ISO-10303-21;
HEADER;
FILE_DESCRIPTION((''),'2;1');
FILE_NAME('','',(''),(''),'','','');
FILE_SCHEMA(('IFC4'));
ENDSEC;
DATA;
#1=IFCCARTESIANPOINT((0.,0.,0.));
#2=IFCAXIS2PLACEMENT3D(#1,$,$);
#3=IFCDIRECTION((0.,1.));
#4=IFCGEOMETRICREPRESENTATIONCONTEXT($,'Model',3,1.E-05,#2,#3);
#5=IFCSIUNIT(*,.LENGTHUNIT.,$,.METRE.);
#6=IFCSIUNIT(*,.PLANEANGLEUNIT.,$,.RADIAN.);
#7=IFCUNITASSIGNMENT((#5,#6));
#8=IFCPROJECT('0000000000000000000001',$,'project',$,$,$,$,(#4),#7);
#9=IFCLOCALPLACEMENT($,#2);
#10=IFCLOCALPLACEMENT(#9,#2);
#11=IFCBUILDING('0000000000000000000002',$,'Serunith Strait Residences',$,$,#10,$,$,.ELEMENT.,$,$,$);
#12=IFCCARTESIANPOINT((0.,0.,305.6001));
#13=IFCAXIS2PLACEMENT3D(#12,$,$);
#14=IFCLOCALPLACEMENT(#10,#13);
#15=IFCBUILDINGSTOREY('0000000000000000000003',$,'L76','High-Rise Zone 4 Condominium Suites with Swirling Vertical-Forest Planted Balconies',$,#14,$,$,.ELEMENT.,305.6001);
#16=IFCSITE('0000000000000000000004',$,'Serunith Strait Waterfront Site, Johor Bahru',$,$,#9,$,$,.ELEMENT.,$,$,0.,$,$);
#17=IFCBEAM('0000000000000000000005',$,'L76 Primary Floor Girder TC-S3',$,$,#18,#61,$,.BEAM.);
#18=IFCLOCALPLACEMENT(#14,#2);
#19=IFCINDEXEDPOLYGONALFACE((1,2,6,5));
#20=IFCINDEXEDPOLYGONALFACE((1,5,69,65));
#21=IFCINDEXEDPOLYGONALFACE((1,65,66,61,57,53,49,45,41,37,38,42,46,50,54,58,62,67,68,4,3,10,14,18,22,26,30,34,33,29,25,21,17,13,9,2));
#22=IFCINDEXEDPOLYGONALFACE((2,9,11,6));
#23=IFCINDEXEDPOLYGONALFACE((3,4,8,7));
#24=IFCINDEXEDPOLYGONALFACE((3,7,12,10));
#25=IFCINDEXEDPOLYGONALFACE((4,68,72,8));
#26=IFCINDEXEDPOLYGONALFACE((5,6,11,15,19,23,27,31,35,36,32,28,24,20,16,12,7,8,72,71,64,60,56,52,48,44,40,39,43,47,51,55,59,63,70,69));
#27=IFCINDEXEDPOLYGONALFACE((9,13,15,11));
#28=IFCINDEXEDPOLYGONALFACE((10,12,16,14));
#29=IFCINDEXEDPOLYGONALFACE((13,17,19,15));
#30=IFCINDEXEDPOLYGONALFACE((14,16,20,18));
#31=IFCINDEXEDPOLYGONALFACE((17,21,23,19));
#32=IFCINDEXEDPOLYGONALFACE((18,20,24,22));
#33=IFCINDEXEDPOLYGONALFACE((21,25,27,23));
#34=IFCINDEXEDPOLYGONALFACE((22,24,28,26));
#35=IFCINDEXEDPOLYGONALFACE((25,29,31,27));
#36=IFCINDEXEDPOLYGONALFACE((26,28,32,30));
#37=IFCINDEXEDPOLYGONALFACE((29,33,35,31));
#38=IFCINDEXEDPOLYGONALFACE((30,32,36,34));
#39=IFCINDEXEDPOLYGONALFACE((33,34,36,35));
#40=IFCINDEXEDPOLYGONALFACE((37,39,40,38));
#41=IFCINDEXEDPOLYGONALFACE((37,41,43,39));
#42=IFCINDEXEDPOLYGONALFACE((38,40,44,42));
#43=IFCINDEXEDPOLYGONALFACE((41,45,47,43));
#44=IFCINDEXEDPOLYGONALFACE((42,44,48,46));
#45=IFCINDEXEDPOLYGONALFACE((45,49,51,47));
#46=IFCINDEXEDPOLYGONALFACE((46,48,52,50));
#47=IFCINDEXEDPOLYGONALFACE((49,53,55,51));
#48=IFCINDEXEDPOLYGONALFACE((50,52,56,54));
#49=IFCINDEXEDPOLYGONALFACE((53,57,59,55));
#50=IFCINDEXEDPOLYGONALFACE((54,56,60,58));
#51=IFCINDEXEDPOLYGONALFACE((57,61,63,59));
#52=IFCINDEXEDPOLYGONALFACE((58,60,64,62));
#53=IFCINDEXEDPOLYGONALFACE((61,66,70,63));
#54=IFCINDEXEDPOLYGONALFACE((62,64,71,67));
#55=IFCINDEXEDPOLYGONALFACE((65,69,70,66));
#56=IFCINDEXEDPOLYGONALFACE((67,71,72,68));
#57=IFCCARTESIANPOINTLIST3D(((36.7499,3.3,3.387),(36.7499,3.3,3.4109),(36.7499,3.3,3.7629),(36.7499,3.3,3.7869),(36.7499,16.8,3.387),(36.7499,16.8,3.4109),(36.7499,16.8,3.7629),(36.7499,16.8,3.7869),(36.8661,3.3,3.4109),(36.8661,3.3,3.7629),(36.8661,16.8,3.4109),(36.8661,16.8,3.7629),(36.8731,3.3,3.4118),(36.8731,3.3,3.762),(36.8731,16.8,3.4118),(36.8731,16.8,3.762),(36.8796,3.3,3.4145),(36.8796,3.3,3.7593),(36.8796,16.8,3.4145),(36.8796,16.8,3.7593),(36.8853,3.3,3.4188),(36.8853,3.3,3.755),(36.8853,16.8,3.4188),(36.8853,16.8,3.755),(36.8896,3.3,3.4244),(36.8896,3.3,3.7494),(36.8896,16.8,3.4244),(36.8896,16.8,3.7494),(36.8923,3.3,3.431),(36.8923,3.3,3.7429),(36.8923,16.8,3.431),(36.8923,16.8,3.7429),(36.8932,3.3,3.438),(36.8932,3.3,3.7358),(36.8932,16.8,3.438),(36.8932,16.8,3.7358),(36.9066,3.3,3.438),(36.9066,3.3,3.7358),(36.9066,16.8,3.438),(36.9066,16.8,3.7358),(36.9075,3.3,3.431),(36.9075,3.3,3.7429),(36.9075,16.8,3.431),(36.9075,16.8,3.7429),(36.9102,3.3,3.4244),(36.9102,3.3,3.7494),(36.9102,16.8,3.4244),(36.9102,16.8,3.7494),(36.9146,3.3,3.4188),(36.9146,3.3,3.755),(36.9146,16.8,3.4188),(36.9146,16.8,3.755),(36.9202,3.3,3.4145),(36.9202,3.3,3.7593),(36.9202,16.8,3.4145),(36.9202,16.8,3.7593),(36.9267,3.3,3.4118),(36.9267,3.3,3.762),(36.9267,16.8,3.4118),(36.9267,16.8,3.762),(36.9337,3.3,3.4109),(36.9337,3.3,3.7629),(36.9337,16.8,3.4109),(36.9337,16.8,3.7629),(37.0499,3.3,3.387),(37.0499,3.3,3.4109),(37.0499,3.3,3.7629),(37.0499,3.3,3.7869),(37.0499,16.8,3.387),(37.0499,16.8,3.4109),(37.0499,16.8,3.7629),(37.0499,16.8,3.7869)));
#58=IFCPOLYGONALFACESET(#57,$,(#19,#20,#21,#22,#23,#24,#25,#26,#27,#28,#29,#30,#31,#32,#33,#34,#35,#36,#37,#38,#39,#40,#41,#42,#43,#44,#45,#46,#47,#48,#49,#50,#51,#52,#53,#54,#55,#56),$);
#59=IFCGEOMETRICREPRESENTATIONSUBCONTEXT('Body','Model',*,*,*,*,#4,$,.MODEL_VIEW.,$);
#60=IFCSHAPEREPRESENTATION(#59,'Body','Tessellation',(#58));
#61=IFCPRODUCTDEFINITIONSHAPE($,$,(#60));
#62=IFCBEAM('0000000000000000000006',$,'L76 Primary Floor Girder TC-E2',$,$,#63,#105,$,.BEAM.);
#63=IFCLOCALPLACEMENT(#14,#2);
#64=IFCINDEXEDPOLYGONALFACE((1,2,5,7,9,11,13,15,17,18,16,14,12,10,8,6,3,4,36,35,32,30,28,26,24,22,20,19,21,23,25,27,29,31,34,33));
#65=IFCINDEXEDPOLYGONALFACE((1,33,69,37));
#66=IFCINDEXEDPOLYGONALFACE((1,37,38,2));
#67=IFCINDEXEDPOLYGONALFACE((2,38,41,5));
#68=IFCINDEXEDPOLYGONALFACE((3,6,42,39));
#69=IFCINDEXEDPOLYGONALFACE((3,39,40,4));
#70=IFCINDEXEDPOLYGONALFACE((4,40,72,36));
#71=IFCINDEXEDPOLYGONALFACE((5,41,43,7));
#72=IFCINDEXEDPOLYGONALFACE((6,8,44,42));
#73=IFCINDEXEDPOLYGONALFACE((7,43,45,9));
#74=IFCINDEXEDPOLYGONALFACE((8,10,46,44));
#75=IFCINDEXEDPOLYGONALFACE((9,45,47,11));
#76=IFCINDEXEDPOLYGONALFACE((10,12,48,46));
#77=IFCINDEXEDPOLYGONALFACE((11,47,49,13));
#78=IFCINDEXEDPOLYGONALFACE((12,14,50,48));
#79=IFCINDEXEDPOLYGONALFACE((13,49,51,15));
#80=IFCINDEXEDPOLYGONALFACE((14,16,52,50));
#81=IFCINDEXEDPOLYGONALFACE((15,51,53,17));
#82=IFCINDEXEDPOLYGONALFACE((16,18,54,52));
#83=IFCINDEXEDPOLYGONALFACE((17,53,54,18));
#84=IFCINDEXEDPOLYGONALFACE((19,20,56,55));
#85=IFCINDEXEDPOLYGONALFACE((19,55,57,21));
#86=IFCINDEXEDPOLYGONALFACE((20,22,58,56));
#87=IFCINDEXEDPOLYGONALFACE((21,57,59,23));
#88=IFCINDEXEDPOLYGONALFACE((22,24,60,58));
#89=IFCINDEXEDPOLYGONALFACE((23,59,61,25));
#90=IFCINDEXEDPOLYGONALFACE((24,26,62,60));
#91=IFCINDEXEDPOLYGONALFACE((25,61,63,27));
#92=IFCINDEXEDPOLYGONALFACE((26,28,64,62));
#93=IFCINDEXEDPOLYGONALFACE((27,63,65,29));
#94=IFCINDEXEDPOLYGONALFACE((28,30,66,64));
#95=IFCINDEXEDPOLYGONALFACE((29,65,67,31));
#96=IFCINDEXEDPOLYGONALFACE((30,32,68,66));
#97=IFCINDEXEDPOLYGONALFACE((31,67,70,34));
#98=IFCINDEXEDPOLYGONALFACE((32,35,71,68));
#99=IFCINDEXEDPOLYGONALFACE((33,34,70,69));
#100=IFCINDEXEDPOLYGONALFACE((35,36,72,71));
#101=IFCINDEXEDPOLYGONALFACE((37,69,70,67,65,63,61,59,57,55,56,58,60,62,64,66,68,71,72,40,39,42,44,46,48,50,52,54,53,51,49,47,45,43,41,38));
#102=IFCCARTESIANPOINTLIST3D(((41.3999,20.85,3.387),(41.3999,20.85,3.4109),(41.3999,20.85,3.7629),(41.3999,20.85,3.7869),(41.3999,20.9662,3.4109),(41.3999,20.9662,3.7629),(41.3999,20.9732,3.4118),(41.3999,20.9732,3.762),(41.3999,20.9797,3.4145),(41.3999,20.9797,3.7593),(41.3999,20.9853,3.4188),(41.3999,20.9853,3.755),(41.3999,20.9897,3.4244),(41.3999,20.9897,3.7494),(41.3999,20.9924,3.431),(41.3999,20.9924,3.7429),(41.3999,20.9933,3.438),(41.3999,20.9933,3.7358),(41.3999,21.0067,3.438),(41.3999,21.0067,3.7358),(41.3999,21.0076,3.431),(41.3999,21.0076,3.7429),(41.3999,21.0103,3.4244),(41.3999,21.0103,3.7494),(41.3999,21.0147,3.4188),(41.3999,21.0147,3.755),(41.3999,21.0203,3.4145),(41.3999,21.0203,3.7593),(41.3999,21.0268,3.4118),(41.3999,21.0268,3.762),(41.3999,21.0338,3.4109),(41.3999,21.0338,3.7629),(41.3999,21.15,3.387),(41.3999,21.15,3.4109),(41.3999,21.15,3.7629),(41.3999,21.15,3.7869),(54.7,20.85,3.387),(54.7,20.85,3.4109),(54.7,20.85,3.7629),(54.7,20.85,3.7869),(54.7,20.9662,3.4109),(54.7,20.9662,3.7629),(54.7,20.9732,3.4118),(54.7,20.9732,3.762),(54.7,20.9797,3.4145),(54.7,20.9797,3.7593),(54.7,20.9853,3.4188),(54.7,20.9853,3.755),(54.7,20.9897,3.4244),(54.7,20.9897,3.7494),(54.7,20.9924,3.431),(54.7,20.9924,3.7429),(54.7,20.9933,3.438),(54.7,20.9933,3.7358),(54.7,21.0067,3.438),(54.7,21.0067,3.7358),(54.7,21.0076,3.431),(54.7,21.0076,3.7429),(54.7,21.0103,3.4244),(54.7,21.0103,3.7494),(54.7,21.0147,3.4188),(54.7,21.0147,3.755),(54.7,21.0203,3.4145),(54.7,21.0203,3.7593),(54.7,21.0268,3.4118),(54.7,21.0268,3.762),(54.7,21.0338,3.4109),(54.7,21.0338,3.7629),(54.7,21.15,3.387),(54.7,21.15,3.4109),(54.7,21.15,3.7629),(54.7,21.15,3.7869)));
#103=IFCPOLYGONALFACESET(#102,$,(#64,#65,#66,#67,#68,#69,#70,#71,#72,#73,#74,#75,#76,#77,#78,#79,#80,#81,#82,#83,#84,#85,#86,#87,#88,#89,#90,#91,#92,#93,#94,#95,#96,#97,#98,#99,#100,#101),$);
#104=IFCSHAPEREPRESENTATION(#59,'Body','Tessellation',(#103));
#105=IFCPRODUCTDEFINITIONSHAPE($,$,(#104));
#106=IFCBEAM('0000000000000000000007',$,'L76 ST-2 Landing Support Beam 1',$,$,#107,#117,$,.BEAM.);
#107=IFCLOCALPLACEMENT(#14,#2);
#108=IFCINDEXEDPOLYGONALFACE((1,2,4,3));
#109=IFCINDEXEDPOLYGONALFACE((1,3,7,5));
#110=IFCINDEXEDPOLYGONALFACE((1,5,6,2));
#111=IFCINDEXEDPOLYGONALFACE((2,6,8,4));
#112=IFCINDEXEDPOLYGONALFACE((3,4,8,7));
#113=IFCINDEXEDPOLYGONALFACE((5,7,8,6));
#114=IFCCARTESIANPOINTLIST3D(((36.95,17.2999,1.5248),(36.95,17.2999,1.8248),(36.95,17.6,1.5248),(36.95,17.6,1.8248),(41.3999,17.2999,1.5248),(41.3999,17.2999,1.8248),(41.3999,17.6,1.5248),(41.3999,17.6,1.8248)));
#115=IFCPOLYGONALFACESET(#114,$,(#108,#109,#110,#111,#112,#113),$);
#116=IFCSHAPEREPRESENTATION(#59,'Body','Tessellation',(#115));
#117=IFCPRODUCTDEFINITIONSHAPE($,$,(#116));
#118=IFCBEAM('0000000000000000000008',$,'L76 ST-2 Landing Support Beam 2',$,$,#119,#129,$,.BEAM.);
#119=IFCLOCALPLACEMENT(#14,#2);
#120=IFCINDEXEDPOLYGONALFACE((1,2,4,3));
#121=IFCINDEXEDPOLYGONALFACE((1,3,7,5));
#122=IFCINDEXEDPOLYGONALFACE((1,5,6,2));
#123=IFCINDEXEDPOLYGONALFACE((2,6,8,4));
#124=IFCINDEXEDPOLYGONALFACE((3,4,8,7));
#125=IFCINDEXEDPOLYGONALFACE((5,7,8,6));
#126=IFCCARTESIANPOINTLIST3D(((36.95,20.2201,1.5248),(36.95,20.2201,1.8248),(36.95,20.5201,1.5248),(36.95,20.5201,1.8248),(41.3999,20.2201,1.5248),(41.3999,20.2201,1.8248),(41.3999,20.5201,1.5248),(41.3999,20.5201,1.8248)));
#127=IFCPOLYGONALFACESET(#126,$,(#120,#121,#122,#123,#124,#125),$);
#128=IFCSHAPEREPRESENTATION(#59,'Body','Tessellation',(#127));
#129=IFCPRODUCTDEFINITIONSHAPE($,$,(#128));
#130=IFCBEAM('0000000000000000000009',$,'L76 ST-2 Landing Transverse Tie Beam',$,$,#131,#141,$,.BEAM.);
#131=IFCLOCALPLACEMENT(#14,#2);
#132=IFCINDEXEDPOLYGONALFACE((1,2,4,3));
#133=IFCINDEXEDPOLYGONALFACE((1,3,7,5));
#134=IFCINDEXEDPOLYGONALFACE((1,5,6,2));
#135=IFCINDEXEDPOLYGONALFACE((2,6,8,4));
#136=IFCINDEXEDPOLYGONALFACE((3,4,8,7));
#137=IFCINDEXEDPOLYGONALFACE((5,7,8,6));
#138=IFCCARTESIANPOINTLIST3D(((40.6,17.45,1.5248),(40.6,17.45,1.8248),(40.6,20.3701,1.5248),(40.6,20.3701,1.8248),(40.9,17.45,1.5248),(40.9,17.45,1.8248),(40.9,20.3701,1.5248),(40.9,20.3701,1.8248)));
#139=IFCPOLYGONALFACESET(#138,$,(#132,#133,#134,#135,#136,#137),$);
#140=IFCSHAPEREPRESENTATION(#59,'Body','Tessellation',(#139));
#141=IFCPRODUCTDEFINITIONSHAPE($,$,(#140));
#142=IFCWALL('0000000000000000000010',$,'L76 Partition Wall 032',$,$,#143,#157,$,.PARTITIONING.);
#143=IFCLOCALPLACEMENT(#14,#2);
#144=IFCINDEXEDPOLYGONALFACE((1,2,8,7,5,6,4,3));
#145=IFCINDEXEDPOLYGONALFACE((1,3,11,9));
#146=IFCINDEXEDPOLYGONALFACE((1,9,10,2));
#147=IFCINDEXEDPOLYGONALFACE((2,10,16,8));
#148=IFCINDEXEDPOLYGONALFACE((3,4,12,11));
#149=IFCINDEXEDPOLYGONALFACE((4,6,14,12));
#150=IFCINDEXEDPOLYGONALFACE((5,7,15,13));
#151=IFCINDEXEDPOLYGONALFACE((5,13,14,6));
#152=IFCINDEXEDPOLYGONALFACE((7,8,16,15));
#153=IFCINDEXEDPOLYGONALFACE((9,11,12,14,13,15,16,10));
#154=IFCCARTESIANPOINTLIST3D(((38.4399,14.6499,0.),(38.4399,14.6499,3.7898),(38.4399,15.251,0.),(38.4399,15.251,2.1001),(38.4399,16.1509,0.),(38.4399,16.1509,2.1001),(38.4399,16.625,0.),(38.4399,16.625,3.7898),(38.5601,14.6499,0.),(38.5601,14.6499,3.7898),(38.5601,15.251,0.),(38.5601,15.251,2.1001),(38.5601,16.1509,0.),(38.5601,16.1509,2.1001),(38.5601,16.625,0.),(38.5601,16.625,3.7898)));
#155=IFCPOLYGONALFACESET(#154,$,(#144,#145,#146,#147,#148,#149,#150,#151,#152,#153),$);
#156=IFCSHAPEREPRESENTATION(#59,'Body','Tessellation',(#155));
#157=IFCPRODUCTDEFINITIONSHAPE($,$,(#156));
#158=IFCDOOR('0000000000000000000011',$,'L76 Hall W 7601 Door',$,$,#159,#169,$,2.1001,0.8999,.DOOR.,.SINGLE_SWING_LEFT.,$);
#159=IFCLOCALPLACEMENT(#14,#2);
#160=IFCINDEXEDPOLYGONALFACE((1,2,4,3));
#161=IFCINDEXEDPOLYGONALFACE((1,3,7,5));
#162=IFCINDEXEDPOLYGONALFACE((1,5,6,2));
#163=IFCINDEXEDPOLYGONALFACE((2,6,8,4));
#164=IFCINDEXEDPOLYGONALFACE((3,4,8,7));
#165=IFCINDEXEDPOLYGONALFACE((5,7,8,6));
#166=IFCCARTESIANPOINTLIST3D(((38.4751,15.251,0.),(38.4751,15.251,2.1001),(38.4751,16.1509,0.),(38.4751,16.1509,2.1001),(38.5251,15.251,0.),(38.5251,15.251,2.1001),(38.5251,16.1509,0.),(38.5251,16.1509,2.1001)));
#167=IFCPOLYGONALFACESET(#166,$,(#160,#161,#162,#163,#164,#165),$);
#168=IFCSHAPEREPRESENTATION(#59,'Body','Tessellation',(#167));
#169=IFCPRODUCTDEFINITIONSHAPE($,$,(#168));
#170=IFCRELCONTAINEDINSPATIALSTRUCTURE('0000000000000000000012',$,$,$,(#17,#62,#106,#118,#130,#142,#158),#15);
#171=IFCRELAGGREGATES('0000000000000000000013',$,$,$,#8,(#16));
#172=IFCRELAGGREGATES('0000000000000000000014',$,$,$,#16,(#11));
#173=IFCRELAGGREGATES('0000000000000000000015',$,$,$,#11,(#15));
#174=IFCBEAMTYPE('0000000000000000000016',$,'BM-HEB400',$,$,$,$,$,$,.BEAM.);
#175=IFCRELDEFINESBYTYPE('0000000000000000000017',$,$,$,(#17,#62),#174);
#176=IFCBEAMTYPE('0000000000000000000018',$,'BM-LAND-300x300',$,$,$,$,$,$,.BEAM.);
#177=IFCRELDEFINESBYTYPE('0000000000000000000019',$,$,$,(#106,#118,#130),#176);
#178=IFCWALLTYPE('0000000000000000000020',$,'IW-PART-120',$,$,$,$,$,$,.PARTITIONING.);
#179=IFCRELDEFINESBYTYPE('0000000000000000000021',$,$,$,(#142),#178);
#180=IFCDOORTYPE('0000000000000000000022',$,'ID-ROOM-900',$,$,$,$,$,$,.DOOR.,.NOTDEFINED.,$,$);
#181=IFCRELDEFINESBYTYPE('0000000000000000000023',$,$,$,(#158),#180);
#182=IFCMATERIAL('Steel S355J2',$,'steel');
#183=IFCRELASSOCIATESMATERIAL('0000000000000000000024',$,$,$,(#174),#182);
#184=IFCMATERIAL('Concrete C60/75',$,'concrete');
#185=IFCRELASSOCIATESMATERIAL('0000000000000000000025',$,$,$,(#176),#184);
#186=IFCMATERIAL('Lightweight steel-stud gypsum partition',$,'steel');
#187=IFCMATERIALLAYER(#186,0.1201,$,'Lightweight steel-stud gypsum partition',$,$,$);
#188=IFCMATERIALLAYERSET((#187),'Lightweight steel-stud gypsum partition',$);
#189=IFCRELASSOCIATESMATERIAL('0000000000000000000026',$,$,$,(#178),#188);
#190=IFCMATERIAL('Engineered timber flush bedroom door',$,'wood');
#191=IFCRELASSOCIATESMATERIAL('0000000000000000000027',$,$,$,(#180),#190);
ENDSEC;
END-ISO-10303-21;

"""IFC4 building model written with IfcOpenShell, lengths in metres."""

from ifc_helpers import new_model, si_unit, direction, frame, frame_2d, origin, origin_2d, place, context, subcontext, project, spatial, rectangle, i_section, extrude, source, transform, mapped, material, layer, layer_set, material_profile, profile_set, type_object, element, fill, save


model = new_model("IFC4")

# Units and contexts
model_context = context("Model", 3, precision=1e-05, world=origin(), true_north=direction((0.0, 1.0)))
body_context = subcontext(model_context, "Body", "Model", "MODEL_VIEW")
ifc_project = project(units=[si_unit("LENGTHUNIT", "METRE"), si_unit("PLANEANGLEUNIT", "RADIAN")], contexts=[model_context])

# Site, building, storey
site_placement = place(None, origin())
site = spatial("IfcSite", under=ifc_project, at=site_placement, Name="Serunith Strait Waterfront Site, Johor Bahru", CompositionType="ELEMENT", RefElevation=0.0)
building_placement = place(site_placement, origin())
building = spatial("IfcBuilding", under=site, at=building_placement, Name="Serunith Strait Residences", CompositionType="ELEMENT")
storey_placement = place(building_placement, frame((0.0, 0.0, 305.6001)))
storey = spatial("IfcBuildingStorey", under=building, at=storey_placement, Name="L76", Description="High-Rise Zone 4 Condominium Suites with Swirling Vertical-Forest Planted Balconies", CompositionType="ELEMENT", Elevation=305.6001)

# Beams
ifc_material_1 = material(Name="Steel S355J2", Category="steel")
ifc_material_profile_1 = material_profile(ifc_material_1, i_section(OverallWidth=0.3, OverallDepth=0.3999, WebThickness=0.0134, FlangeThickness=0.0239, FilletRadius=0.0271, at=origin_2d()), Name="HEB 400")
ifc_profile_set_1 = profile_set([ifc_material_profile_1], Name="Steel S355J2")
beam_type_1 = type_object("IfcBeamType", Name="BM-HEB400", PredefinedType="BEAM", material=ifc_profile_set_1)
shared_shape_1 = source(origin(), body_context, "Body", "SweptSolid", [
    extrude(i_section(OverallWidth=0.3, OverallDepth=0.3999, WebThickness=0.0134, FlangeThickness=0.0239, FilletRadius=0.0271, at=origin_2d()), origin(), (0.0, 0.0, 1.0), 13.5),
])
beam_1_placement = place(storey_placement, frame((36.8999, 16.8, 3.5869), z_axis=(0.0, -1.0, 0.0), x_axis=(1.0, 0.0, 0.0)))
element("IfcBeam", 1, at=beam_1_placement, inside=storey, type_object=beam_type_1, Name="L76 Primary Floor Girder TC-S3", PredefinedType="BEAM", context=body_context, shape_type="MappedRepresentation", body=[
    mapped(shared_shape_1, transform((0.0, 0.0, 0.0), scale=1.0)),
])
shared_shape_2 = source(origin(), body_context, "Body", "SweptSolid", [
    extrude(i_section(OverallWidth=0.3, OverallDepth=0.3999, WebThickness=0.0134, FlangeThickness=0.0239, FilletRadius=0.0271, at=origin_2d()), origin(), (0.0, 0.0, 1.0), 13.3),
])
beam_2_placement = place(storey_placement, frame((41.3999, 21.0, 3.5869), z_axis=(1.0, 0.0, 0.0), x_axis=(0.0, 1.0, 0.0)))
element("IfcBeam", 2, at=beam_2_placement, inside=storey, type_object=beam_type_1, Name="L76 Primary Floor Girder TC-E2", PredefinedType="BEAM", context=body_context, shape_type="MappedRepresentation", body=[
    mapped(shared_shape_2, transform((0.0, 0.0, 0.0), scale=1.0)),
])
ifc_material_2 = material(Name="Concrete C60/75", Category="concrete")
ifc_material_profile_2 = material_profile(ifc_material_2, rectangle(XDim=0.3, YDim=0.3, at=origin_2d()), Name="RC 300x300")
ifc_profile_set_2 = profile_set([ifc_material_profile_2], Name="Concrete C60/75")
beam_type_2 = type_object("IfcBeamType", Name="BM-LAND-300x300", PredefinedType="BEAM", material=ifc_profile_set_2)
shared_shape_3 = source(origin(), body_context, "Body", "SweptSolid", [
    extrude(rectangle(XDim=0.3, YDim=0.3, at=origin_2d()), origin(), (0.0, 0.0, 1.0), 4.45),
])
for number, where, z_axis, x_axis, name in (
    (3, (36.95, 17.45, 1.6748), (1.0, 0.0, 0.0), (0.0, 1.0, 0.0), "L76 ST-2 Landing Support Beam 1"),
    (4, (36.95, 20.3701, 1.6748), (1.0, 0.0, 0.0), (0.0, 1.0, 0.0), "L76 ST-2 Landing Support Beam 2"),
):
    element("IfcBeam", number, at=place(storey_placement, frame(where, z_axis=z_axis, x_axis=x_axis)), inside=storey, type_object=beam_type_2, Name=name, PredefinedType="BEAM", context=body_context, shape_type="MappedRepresentation", body=[
        mapped(shared_shape_3, transform((0.0, 0.0, 0.0), scale=1.0)),
    ])
shared_shape_4 = source(origin(), body_context, "Body", "SweptSolid", [
    extrude(rectangle(XDim=0.3, YDim=0.3, at=origin_2d()), origin(), (0.0, 0.0, 1.0), 2.9202),
])
beam_3_placement = place(storey_placement, frame((40.75, 17.45, 1.6748), z_axis=(0.0, 1.0, 0.0), x_axis=(-1.0, 0.0, 0.0)))
element("IfcBeam", 5, at=beam_3_placement, inside=storey, type_object=beam_type_2, Name="L76 ST-2 Landing Transverse Tie Beam", PredefinedType="BEAM", context=body_context, shape_type="MappedRepresentation", body=[
    mapped(shared_shape_4, transform((0.0, 0.0, 0.0), scale=1.0)),
])

# Wall, opening, door
ifc_material_3 = material(Name="Lightweight steel-stud gypsum partition", Category="steel")
ifc_layer_1 = layer(ifc_material_3, 0.1201, Name="Lightweight steel-stud gypsum partition")
ifc_layer_set_1 = layer_set([ifc_layer_1], Name="Lightweight steel-stud gypsum partition")
wall_type_1 = type_object("IfcWallType", Name="IW-PART-120", PredefinedType="PARTITIONING", material=ifc_layer_set_1)
wall_1_placement = place(storey_placement, frame((38.5, 14.6499, 0.0), z_axis=(0.0, 0.0, 1.0), x_axis=(0.0, 1.0, 0.0)))
wall_1 = element("IfcWall", 6, at=wall_1_placement, inside=storey, type_object=wall_type_1, Name="L76 Partition Wall 032", PredefinedType="PARTITIONING", context=body_context, shape_type="SweptSolid", body=[
    extrude(rectangle(XDim=1.9751, YDim=0.1201, at=frame_2d((0.9875, 0.0))), origin(), (0.0, 0.0, 1.0), 3.7898),
])
opening_1_placement = place(wall_1_placement, frame((0.6011, 0.0, 0.0)))
opening_1 = element("IfcOpeningElement", 7, at=opening_1_placement, cuts=wall_1, PredefinedType="OPENING", context=body_context, shape_type="SweptSolid", body=[
    extrude(rectangle(XDim=0.8999, YDim=2.1001, at=frame_2d((0.45, 1.05))), frame((0.0, 0.0701, 0.0), z_axis=(0.0, -1.0, 0.0), x_axis=(1.0, 0.0, 0.0)), (0.0, 0.0, 1.0), 0.1401),
])
ifc_material_4 = material(Name="Engineered timber flush bedroom door", Category="wood")
door_type_1 = type_object("IfcDoorType", Name="ID-ROOM-900", OperationType="NOTDEFINED", PredefinedType="DOOR", material=ifc_material_4)
shared_shape_5 = source(origin(), body_context, "Body", "SweptSolid", [
    extrude(rectangle(XDim=0.8999, YDim=2.1001, at=frame_2d((0.45, 1.05))), frame((0.0, 0.0249, 0.0), z_axis=(0.0, -1.0, 0.0), x_axis=(1.0, 0.0, 0.0)), (0.0, 0.0, 1.0), 0.05),
])
door_1_placement = place(opening_1_placement, origin())
door_1 = element("IfcDoor", 8, at=door_1_placement, inside=storey, type_object=door_type_1, Name="L76 Hall W 7601 Door", OperationType="SINGLE_SWING_LEFT", OverallHeight=2.1001, OverallWidth=0.8999, PredefinedType="DOOR", context=body_context, shape_type="MappedRepresentation", body=[
    mapped(shared_shape_5, transform((0.0, 0.0, 0.0), scale=1.0)),
])
fill(opening_1, door_1)

save(model, "model.ifc")
